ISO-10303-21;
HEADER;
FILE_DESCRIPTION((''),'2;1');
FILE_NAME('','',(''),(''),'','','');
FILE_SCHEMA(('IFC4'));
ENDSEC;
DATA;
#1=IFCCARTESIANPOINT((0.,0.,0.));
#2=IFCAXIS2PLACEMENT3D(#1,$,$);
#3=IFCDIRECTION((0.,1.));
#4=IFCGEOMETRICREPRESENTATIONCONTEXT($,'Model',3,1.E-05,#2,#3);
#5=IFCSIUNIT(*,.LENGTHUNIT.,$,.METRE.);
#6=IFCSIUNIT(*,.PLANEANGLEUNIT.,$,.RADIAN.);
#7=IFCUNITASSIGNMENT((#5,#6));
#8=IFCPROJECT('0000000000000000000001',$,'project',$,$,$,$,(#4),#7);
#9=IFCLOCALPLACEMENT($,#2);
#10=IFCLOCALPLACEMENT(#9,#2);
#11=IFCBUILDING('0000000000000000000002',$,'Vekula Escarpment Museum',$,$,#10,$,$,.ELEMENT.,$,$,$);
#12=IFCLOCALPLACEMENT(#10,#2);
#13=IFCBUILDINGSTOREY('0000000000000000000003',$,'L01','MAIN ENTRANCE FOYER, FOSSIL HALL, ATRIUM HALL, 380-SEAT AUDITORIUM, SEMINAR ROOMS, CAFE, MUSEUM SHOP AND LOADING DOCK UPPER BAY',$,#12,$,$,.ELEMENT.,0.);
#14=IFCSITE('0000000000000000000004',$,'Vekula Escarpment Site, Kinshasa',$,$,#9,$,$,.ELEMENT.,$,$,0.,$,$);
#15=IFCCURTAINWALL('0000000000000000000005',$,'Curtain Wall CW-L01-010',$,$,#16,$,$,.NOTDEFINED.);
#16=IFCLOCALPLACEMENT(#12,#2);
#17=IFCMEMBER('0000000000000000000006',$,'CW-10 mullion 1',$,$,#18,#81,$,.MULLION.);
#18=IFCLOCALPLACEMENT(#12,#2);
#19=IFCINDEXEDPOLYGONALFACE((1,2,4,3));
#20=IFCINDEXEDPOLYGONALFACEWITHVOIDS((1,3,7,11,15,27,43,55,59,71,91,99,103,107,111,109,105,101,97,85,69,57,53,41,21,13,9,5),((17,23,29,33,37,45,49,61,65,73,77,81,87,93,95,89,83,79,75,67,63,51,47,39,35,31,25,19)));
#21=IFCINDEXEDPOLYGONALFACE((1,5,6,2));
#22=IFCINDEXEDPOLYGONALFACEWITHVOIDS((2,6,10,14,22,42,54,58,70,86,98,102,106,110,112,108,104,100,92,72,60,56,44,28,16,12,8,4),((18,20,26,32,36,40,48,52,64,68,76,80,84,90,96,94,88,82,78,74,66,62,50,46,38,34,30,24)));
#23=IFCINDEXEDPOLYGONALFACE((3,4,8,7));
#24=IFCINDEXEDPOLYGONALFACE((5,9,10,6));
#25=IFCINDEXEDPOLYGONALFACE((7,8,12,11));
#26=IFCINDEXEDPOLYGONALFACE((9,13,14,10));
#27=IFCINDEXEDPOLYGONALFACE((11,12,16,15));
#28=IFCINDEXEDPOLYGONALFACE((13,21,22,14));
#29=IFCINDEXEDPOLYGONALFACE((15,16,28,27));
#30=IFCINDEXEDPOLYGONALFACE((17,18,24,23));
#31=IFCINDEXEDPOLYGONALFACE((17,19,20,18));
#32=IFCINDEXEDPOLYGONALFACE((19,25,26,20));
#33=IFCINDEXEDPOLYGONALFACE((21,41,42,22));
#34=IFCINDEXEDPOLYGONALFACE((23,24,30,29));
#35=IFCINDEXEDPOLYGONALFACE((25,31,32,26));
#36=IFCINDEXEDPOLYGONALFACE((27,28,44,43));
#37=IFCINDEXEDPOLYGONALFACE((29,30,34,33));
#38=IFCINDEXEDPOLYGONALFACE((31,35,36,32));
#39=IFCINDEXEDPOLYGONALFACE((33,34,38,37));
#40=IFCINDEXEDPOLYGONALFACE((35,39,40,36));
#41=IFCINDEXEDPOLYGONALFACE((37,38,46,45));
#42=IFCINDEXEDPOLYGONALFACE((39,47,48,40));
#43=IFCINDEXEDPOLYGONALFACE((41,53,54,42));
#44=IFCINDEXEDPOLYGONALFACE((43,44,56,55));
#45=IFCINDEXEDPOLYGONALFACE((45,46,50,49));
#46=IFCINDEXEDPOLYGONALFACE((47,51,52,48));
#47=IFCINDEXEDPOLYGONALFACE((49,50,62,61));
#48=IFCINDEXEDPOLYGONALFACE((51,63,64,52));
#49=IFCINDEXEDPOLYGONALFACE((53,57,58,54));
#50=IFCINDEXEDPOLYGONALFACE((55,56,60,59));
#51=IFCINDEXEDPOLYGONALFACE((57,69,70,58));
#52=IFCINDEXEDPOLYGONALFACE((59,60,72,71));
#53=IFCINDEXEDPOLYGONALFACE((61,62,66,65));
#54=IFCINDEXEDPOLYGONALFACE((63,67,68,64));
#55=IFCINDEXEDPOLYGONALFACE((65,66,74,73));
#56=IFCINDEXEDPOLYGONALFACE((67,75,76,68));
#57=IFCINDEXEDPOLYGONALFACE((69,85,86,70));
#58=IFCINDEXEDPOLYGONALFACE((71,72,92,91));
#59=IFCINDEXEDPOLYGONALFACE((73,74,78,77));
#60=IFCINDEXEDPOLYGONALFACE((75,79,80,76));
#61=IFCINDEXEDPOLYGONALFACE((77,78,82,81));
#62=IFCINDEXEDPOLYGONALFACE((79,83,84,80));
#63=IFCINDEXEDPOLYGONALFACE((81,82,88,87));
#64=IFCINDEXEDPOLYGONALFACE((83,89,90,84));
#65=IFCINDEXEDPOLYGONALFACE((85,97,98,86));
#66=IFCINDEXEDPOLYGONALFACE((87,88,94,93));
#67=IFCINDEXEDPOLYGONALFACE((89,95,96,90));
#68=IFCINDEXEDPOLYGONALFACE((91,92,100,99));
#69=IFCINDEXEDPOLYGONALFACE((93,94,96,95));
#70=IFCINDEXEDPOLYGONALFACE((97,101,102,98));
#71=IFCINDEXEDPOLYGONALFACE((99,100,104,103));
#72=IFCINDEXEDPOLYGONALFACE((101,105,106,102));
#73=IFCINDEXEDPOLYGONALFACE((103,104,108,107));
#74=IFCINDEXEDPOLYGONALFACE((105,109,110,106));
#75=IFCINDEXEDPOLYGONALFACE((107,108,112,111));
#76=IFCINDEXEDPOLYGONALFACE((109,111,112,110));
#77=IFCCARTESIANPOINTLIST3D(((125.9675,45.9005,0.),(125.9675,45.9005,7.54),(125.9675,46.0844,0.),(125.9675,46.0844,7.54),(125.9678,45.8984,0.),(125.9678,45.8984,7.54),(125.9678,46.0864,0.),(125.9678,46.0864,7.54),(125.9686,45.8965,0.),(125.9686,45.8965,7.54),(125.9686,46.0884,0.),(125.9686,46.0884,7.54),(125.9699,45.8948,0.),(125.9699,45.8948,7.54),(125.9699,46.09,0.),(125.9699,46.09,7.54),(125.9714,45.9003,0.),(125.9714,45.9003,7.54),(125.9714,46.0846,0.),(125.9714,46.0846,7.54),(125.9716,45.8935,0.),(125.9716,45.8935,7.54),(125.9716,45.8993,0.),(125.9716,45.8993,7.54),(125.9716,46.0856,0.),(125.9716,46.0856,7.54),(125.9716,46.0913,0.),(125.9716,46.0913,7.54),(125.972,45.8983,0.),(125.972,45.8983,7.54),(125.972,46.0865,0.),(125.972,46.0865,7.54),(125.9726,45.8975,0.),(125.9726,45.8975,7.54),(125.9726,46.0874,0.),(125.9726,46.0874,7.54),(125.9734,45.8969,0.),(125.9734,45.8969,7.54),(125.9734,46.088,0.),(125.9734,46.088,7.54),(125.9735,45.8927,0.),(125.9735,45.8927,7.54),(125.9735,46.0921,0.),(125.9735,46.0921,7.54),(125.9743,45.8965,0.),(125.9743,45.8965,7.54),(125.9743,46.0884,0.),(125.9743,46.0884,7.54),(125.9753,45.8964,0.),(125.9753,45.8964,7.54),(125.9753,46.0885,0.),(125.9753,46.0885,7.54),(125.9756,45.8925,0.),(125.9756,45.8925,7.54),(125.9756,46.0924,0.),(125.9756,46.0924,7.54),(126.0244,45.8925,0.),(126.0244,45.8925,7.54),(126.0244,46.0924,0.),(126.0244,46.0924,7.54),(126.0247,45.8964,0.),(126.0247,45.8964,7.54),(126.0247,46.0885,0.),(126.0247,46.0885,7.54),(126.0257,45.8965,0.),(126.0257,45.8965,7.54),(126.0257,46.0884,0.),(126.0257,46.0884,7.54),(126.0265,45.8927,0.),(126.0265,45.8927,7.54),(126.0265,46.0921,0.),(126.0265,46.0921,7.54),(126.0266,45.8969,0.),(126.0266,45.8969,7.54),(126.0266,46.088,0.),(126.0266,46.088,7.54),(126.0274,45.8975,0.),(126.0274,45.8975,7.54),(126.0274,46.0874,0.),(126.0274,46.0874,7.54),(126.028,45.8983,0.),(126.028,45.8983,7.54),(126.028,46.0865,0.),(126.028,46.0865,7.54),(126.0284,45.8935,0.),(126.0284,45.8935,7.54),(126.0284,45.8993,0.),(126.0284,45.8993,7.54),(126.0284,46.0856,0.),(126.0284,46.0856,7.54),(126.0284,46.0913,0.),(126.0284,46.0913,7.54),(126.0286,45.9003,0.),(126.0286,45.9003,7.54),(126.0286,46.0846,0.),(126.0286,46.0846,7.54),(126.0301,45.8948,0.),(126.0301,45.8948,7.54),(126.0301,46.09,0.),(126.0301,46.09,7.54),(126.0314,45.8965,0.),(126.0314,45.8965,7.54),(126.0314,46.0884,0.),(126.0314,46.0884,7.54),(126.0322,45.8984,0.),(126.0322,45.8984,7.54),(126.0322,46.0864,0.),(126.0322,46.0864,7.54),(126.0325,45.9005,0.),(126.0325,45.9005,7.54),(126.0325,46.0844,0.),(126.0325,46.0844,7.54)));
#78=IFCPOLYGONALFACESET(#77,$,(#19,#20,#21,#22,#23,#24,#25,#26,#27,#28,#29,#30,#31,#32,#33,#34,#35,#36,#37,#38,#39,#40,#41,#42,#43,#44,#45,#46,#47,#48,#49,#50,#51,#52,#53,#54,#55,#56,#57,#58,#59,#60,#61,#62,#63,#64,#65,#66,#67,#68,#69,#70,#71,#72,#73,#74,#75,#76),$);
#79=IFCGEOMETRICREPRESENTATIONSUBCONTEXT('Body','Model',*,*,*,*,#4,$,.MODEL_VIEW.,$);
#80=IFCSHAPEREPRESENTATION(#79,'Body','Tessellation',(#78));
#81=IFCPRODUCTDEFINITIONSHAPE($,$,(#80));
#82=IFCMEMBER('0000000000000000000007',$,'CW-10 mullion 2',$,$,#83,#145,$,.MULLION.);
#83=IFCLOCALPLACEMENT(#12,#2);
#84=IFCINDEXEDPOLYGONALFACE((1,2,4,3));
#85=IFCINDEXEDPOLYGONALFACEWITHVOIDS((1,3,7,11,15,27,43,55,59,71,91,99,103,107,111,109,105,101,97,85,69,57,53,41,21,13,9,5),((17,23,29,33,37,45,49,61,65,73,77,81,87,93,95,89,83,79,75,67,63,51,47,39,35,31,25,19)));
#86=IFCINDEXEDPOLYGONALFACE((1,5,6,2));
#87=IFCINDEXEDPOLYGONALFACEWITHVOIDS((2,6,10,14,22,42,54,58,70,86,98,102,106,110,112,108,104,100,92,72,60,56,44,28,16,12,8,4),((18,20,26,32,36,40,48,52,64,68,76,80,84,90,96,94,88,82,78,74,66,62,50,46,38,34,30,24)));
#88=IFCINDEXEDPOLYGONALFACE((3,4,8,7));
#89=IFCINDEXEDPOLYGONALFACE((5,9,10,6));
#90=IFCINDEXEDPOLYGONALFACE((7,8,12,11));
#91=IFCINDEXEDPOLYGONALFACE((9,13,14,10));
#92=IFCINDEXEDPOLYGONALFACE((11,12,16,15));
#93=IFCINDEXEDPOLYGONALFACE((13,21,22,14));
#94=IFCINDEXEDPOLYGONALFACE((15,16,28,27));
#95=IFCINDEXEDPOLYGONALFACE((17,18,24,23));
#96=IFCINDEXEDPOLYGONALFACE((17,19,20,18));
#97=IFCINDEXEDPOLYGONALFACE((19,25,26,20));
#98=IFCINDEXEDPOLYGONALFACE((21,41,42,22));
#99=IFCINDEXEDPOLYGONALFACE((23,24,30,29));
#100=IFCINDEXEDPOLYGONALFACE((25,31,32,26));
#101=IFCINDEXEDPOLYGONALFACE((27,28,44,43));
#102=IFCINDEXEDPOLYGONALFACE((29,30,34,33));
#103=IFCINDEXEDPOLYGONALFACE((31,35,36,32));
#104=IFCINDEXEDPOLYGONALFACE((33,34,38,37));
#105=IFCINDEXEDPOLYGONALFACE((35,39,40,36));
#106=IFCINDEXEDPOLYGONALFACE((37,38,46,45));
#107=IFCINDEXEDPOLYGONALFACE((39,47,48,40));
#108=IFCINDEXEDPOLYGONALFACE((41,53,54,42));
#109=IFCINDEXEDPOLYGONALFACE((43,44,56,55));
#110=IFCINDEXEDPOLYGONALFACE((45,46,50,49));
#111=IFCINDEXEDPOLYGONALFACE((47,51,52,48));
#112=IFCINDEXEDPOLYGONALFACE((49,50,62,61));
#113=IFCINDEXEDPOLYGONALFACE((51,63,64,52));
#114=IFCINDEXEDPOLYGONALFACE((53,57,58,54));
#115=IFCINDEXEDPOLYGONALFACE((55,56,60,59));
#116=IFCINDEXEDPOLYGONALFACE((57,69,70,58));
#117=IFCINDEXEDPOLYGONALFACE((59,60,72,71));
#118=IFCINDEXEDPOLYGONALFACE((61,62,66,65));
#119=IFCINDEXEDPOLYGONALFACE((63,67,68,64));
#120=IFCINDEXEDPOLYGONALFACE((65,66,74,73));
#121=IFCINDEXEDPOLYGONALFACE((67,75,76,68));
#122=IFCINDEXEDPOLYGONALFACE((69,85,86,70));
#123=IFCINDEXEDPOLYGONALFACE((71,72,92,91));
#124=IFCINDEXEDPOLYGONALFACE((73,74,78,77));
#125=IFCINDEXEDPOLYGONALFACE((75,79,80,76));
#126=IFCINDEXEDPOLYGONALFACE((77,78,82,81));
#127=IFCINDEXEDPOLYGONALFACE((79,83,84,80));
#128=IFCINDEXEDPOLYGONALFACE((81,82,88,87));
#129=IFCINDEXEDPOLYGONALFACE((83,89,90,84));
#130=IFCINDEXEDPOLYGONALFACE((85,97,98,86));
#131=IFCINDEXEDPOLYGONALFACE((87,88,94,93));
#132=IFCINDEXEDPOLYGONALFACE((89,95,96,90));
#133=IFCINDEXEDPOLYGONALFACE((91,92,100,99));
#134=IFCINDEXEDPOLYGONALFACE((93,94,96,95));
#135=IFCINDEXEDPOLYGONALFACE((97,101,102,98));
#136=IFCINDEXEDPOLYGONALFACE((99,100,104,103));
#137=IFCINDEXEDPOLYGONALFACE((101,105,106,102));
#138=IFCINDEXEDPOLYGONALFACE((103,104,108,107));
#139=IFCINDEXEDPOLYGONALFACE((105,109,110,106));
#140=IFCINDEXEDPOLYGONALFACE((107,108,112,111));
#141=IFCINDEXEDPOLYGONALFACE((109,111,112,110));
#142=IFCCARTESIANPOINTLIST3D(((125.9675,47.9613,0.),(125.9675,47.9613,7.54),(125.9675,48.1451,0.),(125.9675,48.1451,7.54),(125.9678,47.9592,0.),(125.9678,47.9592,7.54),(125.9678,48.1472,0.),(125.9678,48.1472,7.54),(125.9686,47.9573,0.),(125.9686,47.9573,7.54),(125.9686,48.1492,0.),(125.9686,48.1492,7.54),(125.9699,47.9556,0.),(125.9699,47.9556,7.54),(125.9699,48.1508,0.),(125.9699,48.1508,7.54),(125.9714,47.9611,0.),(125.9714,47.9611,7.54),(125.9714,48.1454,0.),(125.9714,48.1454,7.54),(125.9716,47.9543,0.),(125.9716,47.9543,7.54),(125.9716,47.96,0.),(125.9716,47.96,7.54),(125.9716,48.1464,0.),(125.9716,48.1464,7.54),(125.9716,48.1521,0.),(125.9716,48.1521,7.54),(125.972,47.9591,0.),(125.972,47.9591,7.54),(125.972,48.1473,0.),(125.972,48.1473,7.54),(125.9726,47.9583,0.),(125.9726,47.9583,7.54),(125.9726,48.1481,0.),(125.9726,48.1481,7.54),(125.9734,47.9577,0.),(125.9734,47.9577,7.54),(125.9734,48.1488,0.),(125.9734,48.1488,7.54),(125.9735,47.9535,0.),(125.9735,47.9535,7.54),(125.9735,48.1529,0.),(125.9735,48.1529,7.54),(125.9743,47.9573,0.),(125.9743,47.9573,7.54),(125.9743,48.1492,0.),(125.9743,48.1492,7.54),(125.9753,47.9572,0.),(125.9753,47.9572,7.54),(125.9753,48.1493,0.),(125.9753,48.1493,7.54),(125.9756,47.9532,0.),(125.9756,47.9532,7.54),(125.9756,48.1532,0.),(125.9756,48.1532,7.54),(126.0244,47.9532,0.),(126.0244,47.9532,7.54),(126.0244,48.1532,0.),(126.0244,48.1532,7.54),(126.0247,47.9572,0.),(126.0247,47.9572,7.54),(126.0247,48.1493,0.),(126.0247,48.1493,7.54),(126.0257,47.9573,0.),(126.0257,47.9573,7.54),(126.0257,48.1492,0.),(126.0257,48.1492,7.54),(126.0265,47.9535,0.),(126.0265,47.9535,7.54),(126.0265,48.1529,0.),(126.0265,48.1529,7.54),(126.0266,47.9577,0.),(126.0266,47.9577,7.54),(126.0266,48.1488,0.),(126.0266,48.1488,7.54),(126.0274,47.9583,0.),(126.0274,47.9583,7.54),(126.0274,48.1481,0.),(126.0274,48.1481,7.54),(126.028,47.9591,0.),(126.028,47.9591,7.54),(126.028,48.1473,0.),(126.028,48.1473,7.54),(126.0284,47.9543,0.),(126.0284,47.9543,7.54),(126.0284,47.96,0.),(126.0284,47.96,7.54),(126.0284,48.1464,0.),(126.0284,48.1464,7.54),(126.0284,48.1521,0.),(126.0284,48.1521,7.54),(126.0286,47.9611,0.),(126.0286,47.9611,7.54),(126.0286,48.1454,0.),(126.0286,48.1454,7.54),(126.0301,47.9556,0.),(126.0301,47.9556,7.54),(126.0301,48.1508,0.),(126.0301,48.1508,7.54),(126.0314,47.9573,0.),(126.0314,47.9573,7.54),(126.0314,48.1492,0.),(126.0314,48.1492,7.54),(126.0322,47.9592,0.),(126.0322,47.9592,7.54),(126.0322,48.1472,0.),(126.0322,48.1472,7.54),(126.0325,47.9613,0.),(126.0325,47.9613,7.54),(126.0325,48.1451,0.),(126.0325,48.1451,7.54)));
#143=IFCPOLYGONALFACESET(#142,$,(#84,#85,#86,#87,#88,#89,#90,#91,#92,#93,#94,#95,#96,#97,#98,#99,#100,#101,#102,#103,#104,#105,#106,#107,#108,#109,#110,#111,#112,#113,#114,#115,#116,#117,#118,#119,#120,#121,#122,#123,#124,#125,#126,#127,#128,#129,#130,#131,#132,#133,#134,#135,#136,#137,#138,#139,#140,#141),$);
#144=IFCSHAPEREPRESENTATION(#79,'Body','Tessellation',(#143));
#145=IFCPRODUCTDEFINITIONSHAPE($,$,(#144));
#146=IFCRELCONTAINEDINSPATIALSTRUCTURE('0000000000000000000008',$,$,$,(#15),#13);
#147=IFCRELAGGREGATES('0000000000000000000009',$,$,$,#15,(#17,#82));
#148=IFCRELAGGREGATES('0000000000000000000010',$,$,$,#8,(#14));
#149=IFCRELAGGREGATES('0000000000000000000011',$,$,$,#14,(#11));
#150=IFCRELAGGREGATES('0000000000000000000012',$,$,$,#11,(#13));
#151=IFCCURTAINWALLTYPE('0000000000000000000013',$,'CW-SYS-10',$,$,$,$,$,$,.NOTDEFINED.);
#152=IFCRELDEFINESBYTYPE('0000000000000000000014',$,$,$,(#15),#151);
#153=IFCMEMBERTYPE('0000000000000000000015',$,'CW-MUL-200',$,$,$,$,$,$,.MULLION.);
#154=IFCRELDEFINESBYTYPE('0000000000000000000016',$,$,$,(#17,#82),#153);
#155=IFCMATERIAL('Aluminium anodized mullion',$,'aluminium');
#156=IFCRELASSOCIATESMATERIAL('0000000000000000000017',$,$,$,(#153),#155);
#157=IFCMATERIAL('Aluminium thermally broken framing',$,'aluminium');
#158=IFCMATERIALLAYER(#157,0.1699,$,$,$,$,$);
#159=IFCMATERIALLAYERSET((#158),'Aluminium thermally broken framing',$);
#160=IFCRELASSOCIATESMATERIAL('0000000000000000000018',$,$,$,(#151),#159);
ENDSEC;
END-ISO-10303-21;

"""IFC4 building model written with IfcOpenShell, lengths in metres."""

from ifc_helpers import new_model, si_unit, direction, frame, origin, origin_2d, place, context, subcontext, project, spatial, hollow_rectangle, extrude, material, layer, layer_set, material_profile, profile_set, type_object, element, aggregate, save


model = new_model("IFC4")

# Units and contexts
model_context = context("Model", 3, precision=1e-05, world=origin(), true_north=direction((0.0, 1.0)))
body_context = subcontext(model_context, "Body", "Model", "MODEL_VIEW")
ifc_project = project(units=[si_unit("LENGTHUNIT", "METRE"), si_unit("PLANEANGLEUNIT", "RADIAN")], contexts=[model_context])

# Site, building, storey
site_placement = place(None, origin())
site = spatial("IfcSite", under=ifc_project, at=site_placement, Name="Vekula Escarpment Site, Kinshasa", CompositionType="ELEMENT", RefElevation=0.0)
building_placement = place(site_placement, origin())
building = spatial("IfcBuilding", under=site, at=building_placement, Name="Vekula Escarpment Museum", CompositionType="ELEMENT")
storey_placement = place(building_placement, origin())
storey = spatial("IfcBuildingStorey", under=building, at=storey_placement, Name="L01", Description="MAIN ENTRANCE FOYER, FOSSIL HALL, ATRIUM HALL, 380-SEAT AUDITORIUM, SEMINAR ROOMS, CAFE, MUSEUM SHOP AND LOADING DOCK UPPER BAY", CompositionType="ELEMENT", Elevation=0.0)

# Curtain wall, members
ifc_material_1 = material(Name="Aluminium anodized mullion", Category="aluminium")
ifc_material_profile_1 = material_profile(ifc_material_1, hollow_rectangle(XDim=0.0649, YDim=0.2, WallThickness=0.0039, InnerFilletRadius=0.0039, OuterFilletRadius=0.0081, at=origin_2d()), Name="ALU 200x65x4")
ifc_profile_set_1 = profile_set([ifc_material_profile_1], Name="Aluminium anodized mullion")
member_type_1 = type_object("IfcMemberType", Name="CW-MUL-200", PredefinedType="MULLION", material=ifc_profile_set_1)
ifc_material_2 = material(Name="Aluminium thermally broken framing", Category="aluminium")
ifc_layer_1 = layer(ifc_material_2, 0.1699)
ifc_layer_set_1 = layer_set([ifc_layer_1], Name="Aluminium thermally broken framing")
curtain_wall_type_1 = type_object("IfcCurtainWallType", Name="CW-SYS-10", PredefinedType="NOTDEFINED", material=ifc_layer_set_1)
curtain_wall_1_placement = place(storey_placement, origin())
curtain_wall_1 = element("IfcCurtainWall", 1, at=curtain_wall_1_placement, inside=storey, type_object=curtain_wall_type_1, Name="Curtain Wall CW-L01-010", PredefinedType="NOTDEFINED")
member_1_placement = place(storey_placement, frame((126.0, 45.9924, 0.0), z_axis=(0.0, 0.0, 1.0), x_axis=(-1.0, 0.0, 0.0)))
member_1 = element("IfcMember", 2, at=member_1_placement, type_object=member_type_1, Name="CW-10 mullion 1", PredefinedType="MULLION", context=body_context, shape_type="SweptSolid", body=[
    extrude(hollow_rectangle(XDim=0.0649, YDim=0.2, WallThickness=0.0039, InnerFilletRadius=0.0039, OuterFilletRadius=0.0081, at=origin_2d()), origin(), (0.0, 0.0, 1.0), 7.54),
])
member_2_placement = place(storey_placement, frame((126.0, 48.0532, 0.0), z_axis=(0.0, 0.0, 1.0), x_axis=(-1.0, 0.0, 0.0)))
member_2 = element("IfcMember", 3, at=member_2_placement, type_object=member_type_1, Name="CW-10 mullion 2", PredefinedType="MULLION", context=body_context, shape_type="SweptSolid", body=[
    extrude(hollow_rectangle(XDim=0.0649, YDim=0.2, WallThickness=0.0039, InnerFilletRadius=0.0039, OuterFilletRadius=0.0081, at=origin_2d()), origin(), (0.0, 0.0, 1.0), 7.54),
])

aggregate(curtain_wall_1, [member_1, member_2])

save(model, "model.ifc")
